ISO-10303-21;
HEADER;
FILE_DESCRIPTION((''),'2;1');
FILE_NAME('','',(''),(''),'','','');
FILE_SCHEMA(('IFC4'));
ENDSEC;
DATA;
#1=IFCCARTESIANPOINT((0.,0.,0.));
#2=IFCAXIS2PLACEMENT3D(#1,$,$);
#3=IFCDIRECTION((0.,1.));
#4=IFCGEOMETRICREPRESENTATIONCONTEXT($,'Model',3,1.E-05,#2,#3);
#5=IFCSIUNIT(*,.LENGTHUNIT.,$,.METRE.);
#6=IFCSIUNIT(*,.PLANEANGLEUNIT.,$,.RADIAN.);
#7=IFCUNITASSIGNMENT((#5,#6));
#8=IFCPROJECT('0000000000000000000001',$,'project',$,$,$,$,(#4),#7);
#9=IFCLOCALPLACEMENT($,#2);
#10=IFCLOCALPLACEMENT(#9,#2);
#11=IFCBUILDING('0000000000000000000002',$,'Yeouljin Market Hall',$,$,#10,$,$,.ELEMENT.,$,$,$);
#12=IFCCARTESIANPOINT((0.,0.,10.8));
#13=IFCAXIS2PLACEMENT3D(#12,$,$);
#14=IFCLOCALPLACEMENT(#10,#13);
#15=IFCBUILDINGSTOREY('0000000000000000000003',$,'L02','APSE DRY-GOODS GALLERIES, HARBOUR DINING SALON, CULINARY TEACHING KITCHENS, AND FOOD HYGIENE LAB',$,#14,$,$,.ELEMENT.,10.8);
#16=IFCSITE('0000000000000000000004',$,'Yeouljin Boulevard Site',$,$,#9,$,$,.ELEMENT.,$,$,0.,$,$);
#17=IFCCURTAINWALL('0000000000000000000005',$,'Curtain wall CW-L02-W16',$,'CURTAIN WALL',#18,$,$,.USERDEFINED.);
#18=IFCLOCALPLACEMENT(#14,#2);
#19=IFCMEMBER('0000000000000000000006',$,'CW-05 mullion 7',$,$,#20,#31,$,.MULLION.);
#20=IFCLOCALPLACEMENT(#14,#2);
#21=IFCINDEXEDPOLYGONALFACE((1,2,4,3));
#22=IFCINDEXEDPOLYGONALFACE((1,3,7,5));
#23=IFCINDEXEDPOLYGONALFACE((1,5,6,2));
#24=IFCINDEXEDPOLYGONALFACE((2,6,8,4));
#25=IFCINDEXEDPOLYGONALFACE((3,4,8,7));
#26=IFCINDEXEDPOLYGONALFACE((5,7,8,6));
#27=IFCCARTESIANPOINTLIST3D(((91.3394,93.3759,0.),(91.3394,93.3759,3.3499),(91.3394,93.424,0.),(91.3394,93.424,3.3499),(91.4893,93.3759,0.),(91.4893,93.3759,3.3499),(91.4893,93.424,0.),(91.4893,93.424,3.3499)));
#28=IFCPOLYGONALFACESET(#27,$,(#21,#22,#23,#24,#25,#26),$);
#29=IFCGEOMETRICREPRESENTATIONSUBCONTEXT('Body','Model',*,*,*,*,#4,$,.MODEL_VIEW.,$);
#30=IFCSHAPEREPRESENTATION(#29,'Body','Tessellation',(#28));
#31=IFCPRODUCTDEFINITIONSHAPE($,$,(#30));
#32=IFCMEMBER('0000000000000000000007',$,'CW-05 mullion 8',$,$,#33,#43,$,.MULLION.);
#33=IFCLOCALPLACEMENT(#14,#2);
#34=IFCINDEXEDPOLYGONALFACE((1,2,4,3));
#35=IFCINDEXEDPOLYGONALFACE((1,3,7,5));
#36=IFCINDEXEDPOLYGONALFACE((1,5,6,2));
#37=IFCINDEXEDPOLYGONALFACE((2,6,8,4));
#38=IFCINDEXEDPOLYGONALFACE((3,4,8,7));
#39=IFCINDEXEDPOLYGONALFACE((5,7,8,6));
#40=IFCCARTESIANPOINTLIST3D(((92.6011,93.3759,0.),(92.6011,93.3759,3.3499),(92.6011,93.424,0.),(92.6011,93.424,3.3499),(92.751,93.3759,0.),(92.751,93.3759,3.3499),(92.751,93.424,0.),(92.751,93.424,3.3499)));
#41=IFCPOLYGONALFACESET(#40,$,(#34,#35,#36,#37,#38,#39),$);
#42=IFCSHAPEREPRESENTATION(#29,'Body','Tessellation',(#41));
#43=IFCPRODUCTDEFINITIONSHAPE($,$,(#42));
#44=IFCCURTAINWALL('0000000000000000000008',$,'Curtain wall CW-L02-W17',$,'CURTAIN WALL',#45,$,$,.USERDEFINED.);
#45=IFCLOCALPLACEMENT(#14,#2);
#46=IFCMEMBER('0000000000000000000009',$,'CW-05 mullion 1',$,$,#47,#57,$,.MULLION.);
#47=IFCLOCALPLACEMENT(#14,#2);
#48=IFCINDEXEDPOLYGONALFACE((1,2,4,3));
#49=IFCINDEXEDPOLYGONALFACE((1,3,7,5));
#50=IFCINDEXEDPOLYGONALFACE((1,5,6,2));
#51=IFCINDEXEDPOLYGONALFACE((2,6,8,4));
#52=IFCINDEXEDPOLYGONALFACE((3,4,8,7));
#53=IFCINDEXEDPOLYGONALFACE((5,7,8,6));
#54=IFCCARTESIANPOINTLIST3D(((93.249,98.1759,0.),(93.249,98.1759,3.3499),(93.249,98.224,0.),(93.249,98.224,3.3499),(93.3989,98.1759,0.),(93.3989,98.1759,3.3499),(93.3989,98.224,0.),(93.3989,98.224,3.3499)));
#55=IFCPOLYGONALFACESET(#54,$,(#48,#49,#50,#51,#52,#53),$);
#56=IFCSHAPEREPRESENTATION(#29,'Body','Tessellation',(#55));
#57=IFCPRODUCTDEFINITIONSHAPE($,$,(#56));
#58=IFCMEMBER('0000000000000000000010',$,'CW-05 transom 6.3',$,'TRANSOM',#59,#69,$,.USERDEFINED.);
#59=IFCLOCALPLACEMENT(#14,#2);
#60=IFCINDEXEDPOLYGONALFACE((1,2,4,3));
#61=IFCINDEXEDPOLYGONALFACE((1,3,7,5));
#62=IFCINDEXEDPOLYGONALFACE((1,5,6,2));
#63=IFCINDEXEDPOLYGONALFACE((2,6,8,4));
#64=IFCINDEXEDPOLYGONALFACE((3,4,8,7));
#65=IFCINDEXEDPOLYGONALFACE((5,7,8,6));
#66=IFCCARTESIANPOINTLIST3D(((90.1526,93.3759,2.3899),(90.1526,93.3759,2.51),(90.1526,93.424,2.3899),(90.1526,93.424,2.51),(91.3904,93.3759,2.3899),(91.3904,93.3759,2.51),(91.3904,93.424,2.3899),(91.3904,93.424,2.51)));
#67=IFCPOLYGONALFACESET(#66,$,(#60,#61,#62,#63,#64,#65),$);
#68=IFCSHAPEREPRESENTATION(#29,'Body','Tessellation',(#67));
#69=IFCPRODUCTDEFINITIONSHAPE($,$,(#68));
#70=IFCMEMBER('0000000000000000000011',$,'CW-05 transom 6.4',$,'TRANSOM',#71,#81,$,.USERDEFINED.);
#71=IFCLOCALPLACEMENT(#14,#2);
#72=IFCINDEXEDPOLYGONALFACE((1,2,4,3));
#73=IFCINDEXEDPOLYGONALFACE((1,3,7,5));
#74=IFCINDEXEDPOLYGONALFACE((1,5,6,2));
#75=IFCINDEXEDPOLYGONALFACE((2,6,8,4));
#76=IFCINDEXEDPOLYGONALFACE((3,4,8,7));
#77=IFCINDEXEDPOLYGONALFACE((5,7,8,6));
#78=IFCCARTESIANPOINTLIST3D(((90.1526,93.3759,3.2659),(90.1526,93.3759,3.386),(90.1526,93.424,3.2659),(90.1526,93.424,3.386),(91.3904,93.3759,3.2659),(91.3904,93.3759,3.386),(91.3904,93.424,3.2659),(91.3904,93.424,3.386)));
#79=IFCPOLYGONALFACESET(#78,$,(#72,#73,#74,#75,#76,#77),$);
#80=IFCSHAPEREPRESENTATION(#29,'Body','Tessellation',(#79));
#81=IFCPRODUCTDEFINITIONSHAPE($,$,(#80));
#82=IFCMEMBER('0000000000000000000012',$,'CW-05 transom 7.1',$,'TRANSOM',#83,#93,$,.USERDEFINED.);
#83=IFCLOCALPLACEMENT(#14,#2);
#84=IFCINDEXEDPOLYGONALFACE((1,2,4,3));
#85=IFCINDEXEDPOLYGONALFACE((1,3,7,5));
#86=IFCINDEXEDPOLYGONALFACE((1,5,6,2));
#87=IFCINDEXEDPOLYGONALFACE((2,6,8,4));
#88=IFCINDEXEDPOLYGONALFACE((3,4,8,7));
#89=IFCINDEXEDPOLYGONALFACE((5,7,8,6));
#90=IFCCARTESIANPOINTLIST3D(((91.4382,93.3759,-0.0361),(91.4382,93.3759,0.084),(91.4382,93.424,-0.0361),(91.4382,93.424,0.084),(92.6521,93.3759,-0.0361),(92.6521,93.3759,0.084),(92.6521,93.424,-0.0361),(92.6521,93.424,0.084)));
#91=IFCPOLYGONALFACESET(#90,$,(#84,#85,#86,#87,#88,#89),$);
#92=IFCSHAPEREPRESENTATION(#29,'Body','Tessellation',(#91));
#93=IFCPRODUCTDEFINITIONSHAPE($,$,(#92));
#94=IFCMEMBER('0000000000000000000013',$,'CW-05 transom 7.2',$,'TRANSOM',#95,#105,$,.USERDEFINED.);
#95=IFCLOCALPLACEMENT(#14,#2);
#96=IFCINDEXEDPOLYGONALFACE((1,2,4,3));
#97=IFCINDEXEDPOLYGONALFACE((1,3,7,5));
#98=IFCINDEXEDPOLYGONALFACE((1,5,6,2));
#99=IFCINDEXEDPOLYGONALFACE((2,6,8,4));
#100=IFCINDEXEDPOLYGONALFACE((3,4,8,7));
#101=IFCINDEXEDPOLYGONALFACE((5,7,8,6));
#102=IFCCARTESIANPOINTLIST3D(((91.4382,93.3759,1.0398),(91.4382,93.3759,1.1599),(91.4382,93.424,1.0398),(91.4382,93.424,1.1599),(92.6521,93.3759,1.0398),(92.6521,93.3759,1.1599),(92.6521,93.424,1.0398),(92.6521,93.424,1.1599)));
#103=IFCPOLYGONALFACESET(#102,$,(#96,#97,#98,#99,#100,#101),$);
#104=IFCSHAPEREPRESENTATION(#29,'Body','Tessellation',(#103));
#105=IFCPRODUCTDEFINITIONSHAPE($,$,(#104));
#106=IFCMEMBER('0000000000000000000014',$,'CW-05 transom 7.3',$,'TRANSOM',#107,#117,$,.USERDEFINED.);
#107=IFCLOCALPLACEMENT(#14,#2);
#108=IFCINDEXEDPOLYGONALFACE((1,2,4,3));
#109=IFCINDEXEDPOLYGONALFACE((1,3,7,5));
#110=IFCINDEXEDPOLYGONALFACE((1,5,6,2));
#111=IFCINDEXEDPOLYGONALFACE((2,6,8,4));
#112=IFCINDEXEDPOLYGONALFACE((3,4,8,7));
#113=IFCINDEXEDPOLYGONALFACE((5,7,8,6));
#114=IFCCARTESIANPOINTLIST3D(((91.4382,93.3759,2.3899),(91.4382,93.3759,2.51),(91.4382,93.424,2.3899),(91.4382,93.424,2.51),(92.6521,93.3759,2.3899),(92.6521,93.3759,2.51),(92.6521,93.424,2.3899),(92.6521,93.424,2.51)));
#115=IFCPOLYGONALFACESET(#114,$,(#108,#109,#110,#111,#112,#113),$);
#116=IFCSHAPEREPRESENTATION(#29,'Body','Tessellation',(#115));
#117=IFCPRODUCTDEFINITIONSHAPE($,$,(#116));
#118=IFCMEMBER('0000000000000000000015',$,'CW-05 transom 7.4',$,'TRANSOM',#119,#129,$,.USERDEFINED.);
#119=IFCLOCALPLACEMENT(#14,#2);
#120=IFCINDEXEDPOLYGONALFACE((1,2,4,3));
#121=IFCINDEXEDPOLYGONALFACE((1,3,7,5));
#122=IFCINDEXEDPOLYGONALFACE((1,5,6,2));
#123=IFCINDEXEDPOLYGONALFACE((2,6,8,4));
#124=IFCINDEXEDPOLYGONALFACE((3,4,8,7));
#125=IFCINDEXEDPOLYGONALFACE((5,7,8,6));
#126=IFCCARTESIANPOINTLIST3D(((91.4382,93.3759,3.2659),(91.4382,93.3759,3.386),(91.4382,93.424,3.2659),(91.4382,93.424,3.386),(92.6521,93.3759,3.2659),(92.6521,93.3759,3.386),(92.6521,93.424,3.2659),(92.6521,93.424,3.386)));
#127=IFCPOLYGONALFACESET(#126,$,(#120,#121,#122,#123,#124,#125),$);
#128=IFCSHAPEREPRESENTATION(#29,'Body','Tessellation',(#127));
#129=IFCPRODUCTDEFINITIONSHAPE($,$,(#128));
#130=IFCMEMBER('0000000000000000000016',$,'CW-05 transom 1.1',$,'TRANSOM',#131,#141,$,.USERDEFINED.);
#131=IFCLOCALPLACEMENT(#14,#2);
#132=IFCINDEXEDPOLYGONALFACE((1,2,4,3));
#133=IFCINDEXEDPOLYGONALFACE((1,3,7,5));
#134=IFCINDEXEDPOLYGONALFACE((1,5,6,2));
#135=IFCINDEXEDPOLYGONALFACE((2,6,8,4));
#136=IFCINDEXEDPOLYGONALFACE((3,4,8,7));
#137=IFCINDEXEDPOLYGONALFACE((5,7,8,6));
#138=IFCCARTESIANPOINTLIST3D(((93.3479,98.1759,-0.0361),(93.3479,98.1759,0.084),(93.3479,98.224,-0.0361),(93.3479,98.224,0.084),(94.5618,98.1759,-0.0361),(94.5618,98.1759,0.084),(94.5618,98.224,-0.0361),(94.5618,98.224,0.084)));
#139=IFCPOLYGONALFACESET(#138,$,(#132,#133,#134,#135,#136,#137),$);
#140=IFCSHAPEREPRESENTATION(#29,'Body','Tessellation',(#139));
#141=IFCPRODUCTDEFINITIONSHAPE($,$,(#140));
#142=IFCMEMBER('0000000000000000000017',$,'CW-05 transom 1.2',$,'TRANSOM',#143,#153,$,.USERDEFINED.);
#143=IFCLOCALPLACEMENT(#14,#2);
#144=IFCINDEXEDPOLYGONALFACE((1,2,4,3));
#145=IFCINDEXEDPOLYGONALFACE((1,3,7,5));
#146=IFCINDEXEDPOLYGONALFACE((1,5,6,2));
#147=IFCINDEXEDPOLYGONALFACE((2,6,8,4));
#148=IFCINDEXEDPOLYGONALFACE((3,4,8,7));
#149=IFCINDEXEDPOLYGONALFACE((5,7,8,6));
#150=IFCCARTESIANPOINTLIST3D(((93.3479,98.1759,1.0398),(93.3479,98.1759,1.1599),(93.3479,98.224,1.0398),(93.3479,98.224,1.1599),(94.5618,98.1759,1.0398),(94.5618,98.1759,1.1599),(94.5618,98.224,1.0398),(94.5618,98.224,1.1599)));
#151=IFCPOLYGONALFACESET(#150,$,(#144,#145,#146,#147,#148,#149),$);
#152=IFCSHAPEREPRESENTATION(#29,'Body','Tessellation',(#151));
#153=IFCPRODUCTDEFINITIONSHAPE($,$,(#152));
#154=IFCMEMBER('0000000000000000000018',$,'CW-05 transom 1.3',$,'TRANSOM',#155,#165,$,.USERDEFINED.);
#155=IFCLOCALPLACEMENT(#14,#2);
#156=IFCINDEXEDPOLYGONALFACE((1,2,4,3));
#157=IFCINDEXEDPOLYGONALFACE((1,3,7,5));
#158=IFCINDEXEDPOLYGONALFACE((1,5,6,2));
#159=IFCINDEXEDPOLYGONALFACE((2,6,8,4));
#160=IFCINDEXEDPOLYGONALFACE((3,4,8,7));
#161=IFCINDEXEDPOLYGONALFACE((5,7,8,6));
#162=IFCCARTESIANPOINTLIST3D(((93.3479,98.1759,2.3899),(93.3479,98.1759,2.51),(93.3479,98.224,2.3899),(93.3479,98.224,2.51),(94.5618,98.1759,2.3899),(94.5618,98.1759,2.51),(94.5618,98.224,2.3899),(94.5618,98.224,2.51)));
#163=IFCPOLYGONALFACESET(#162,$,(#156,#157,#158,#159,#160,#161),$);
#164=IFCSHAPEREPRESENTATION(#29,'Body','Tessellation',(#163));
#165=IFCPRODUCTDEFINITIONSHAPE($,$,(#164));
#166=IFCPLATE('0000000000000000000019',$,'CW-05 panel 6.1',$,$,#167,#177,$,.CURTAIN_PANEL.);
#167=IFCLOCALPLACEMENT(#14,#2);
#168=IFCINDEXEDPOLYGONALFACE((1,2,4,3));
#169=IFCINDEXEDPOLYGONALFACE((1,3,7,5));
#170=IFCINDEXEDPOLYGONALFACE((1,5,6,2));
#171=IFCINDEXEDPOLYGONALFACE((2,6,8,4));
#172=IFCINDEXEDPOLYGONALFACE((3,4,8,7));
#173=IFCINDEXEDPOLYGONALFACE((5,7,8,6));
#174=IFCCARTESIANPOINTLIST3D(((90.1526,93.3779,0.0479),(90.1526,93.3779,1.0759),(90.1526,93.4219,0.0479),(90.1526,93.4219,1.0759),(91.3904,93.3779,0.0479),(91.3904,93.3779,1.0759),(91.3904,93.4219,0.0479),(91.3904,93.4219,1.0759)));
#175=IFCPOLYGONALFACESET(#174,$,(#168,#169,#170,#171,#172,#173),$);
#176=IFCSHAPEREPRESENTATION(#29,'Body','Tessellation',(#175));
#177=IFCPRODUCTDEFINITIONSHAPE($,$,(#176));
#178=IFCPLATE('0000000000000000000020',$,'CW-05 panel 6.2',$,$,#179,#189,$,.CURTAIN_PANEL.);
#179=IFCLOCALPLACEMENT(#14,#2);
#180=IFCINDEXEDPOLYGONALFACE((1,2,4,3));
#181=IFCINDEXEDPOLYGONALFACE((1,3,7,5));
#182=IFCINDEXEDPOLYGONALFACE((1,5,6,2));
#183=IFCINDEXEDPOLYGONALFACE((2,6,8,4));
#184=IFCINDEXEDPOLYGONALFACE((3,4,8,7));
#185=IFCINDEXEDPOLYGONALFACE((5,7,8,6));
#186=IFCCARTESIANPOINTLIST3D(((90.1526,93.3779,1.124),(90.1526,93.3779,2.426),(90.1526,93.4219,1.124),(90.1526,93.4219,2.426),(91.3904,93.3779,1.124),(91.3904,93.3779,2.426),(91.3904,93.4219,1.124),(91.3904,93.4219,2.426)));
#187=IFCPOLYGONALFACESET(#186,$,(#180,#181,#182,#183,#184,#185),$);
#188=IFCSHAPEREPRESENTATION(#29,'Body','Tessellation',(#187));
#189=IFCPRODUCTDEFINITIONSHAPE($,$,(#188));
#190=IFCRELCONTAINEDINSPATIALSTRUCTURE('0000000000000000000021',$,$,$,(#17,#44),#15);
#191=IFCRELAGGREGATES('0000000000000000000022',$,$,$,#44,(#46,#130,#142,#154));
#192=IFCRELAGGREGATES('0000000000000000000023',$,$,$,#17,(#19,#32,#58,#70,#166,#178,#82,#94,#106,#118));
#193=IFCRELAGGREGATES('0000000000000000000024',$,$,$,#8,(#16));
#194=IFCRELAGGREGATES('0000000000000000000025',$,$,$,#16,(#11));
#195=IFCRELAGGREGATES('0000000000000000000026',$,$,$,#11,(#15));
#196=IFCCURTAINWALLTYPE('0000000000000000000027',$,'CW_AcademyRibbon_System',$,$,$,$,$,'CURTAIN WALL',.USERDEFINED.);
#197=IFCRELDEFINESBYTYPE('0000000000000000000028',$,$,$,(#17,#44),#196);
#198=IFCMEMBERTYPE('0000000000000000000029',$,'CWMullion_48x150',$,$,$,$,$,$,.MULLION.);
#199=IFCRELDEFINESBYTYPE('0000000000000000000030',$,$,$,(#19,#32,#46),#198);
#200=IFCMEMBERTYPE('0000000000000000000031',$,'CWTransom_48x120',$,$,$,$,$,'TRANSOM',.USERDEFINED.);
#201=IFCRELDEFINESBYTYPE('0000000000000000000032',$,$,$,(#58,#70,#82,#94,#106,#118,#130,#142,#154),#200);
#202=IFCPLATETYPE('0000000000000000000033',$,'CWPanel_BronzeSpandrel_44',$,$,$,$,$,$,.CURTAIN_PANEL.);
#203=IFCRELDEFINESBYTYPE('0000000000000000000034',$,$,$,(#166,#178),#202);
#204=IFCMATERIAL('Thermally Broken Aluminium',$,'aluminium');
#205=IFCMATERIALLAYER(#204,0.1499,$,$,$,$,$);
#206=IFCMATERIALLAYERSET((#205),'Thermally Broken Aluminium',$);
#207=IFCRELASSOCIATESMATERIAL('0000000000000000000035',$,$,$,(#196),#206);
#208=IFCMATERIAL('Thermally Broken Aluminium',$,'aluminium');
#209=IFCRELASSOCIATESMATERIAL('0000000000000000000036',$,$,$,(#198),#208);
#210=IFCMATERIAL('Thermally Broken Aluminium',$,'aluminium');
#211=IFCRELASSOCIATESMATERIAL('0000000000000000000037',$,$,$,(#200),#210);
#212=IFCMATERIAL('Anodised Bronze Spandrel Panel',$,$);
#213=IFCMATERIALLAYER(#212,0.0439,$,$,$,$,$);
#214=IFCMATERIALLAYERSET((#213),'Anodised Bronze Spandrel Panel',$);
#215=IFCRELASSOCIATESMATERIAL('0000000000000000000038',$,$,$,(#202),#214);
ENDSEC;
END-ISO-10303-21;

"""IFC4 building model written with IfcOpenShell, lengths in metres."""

from ifc_helpers import new_model, si_unit, direction, frame, origin, origin_2d, place, context, subcontext, project, spatial, rectangle, extrude, material, layer, layer_set, material_profile, profile_set, type_object, element, aggregate, save


model = new_model("IFC4")

# Units and contexts
model_context = context("Model", 3, precision=1e-05, world=origin(), true_north=direction((0.0, 1.0)))
body_context = subcontext(model_context, "Body", "Model", "MODEL_VIEW")
ifc_project = project(units=[si_unit("LENGTHUNIT", "METRE"), si_unit("PLANEANGLEUNIT", "RADIAN")], contexts=[model_context])

# Site, building, storey
site_placement = place(None, origin())
site = spatial("IfcSite", under=ifc_project, at=site_placement, Name="Yeouljin Boulevard Site", CompositionType="ELEMENT", RefElevation=0.0)
building_placement = place(site_placement, origin())
building = spatial("IfcBuilding", under=site, at=building_placement, Name="Yeouljin Market Hall", CompositionType="ELEMENT")
storey_placement = place(building_placement, frame((0.0, 0.0, 10.8)))
storey = spatial("IfcBuildingStorey", under=building, at=storey_placement, Name="L02", Description="APSE DRY-GOODS GALLERIES, HARBOUR DINING SALON, CULINARY TEACHING KITCHENS, AND FOOD HYGIENE LAB", CompositionType="ELEMENT", Elevation=10.8)

# Curtain wall, members
ifc_material_1 = material(Name="Thermally Broken Aluminium", Category="aluminium")
ifc_layer_1 = layer(ifc_material_1, 0.1499)
ifc_layer_set_1 = layer_set([ifc_layer_1], Name="Thermally Broken Aluminium")
curtain_wall_type = type_object("IfcCurtainWallType", Name="CW_AcademyRibbon_System", ElementType="CURTAIN WALL", PredefinedType="USERDEFINED", material=ifc_layer_set_1)
curtain_wall_1_placement = place(storey_placement, origin())
curtain_wall_1 = element("IfcCurtainWall", 1, at=curtain_wall_1_placement, inside=storey, type_object=curtain_wall_type, Name="Curtain wall CW-L02-W16", ObjectType="CURTAIN WALL", PredefinedType="USERDEFINED")
ifc_material_2 = material(Name="Thermally Broken Aluminium", Category="aluminium")
ifc_material_profile_1 = material_profile(ifc_material_2, rectangle(XDim=0.0481, YDim=0.1499, at=origin_2d()), Name="CW-MULL-48x150")
ifc_profile_set_1 = profile_set([ifc_material_profile_1], Name="Thermally Broken Aluminium")
member_type_1 = type_object("IfcMemberType", Name="CWMullion_48x150", PredefinedType="MULLION", material=ifc_profile_set_1)
member_1_placement = place(storey_placement, frame((91.4143, 93.3999, 0.0), z_axis=(0.0, 0.0, 1.0), x_axis=(0.0, 1.0, 0.0)))
member_1 = element("IfcMember", 2, at=member_1_placement, type_object=member_type_1, Name="CW-05 mullion 7", PredefinedType="MULLION", context=body_context, shape_type="SweptSolid", body=[
    extrude(rectangle(XDim=0.0481, YDim=0.1499, at=origin_2d()), origin(), (0.0, 0.0, 1.0), 3.3499),
])
member_2_placement = place(storey_placement, frame((92.676, 93.3999, 0.0), z_axis=(0.0, 0.0, 1.0), x_axis=(0.0, 1.0, 0.0)))
member_2 = element("IfcMember", 3, at=member_2_placement, type_object=member_type_1, Name="CW-05 mullion 8", PredefinedType="MULLION", context=body_context, shape_type="SweptSolid", body=[
    extrude(rectangle(XDim=0.0481, YDim=0.1499, at=origin_2d()), origin(), (0.0, 0.0, 1.0), 3.3499),
])

# Curtain wall, member
curtain_wall_2_placement = place(storey_placement, origin())
curtain_wall_2 = element("IfcCurtainWall", 4, at=curtain_wall_2_placement, inside=storey, type_object=curtain_wall_type, Name="Curtain wall CW-L02-W17", ObjectType="CURTAIN WALL", PredefinedType="USERDEFINED")
member_3_placement = place(storey_placement, frame((93.324, 98.2, 0.0), z_axis=(0.0, 0.0, 1.0), x_axis=(0.0, 1.0, 0.0)))
member_3 = element("IfcMember", 5, at=member_3_placement, type_object=member_type_1, Name="CW-05 mullion 1", PredefinedType="MULLION", context=body_context, shape_type="SweptSolid", body=[
    extrude(rectangle(XDim=0.0481, YDim=0.1499, at=origin_2d()), origin(), (0.0, 0.0, 1.0), 3.3499),
])

# Members
ifc_material_3 = material(Name="Thermally Broken Aluminium", Category="aluminium")
ifc_material_profile_2 = material_profile(ifc_material_3, rectangle(XDim=0.0481, YDim=0.1201, at=origin_2d()), Name="CW-TRAN-48x120")
ifc_profile_set_2 = profile_set([ifc_material_profile_2], Name="Thermally Broken Aluminium")
member_type_2 = type_object("IfcMemberType", Name="CWTransom_48x120", ElementType="TRANSOM", PredefinedType="USERDEFINED", material=ifc_profile_set_2)
member_4_placement = place(storey_placement, frame((90.1526, 93.3999, 2.45), z_axis=(1.0, 0.0, 0.0), x_axis=(0.0, 1.0, 0.0)))
member_4 = element("IfcMember", 6, at=member_4_placement, type_object=member_type_2, Name="CW-05 transom 6.3", ObjectType="TRANSOM", PredefinedType="USERDEFINED", context=body_context, shape_type="SweptSolid", body=[
    extrude(rectangle(XDim=0.0481, YDim=0.1201, at=origin_2d()), origin(), (0.0, 0.0, 1.0), 1.2378),
])
member_5_placement = place(storey_placement, frame((90.1526, 93.3999, 3.3259), z_axis=(1.0, 0.0, 0.0), x_axis=(0.0, 1.0, 0.0)))
member_5 = element("IfcMember", 7, at=member_5_placement, type_object=member_type_2, Name="CW-05 transom 6.4", ObjectType="TRANSOM", PredefinedType="USERDEFINED", context=body_context, shape_type="SweptSolid", body=[
    extrude(rectangle(XDim=0.0481, YDim=0.1201, at=origin_2d()), origin(), (0.0, 0.0, 1.0), 1.2378),
])
member_6_placement = place(storey_placement, frame((91.4382, 93.3999, 0.0239), z_axis=(1.0, 0.0, 0.0), x_axis=(0.0, 1.0, 0.0)))
member_6 = element("IfcMember", 8, at=member_6_placement, type_object=member_type_2, Name="CW-05 transom 7.1", ObjectType="TRANSOM", PredefinedType="USERDEFINED", context=body_context, shape_type="SweptSolid", body=[
    extrude(rectangle(XDim=0.0481, YDim=0.1201, at=origin_2d()), origin(), (0.0, 0.0, 1.0), 1.2139),
])
member_7_placement = place(storey_placement, frame((91.4382, 93.3999, 1.0999), z_axis=(1.0, 0.0, 0.0), x_axis=(0.0, 1.0, 0.0)))
member_7 = element("IfcMember", 9, at=member_7_placement, type_object=member_type_2, Name="CW-05 transom 7.2", ObjectType="TRANSOM", PredefinedType="USERDEFINED", context=body_context, shape_type="SweptSolid", body=[
    extrude(rectangle(XDim=0.0481, YDim=0.1201, at=origin_2d()), origin(), (0.0, 0.0, 1.0), 1.2139),
])
member_8_placement = place(storey_placement, frame((91.4382, 93.3999, 2.45), z_axis=(1.0, 0.0, 0.0), x_axis=(0.0, 1.0, 0.0)))
member_8 = element("IfcMember", 10, at=member_8_placement, type_object=member_type_2, Name="CW-05 transom 7.3", ObjectType="TRANSOM", PredefinedType="USERDEFINED", context=body_context, shape_type="SweptSolid", body=[
    extrude(rectangle(XDim=0.0481, YDim=0.1201, at=origin_2d()), origin(), (0.0, 0.0, 1.0), 1.2139),
])
member_9_placement = place(storey_placement, frame((91.4382, 93.3999, 3.3259), z_axis=(1.0, 0.0, 0.0), x_axis=(0.0, 1.0, 0.0)))
member_9 = element("IfcMember", 11, at=member_9_placement, type_object=member_type_2, Name="CW-05 transom 7.4", ObjectType="TRANSOM", PredefinedType="USERDEFINED", context=body_context, shape_type="SweptSolid", body=[
    extrude(rectangle(XDim=0.0481, YDim=0.1201, at=origin_2d()), origin(), (0.0, 0.0, 1.0), 1.2139),
])
member_10_placement = place(storey_placement, frame((93.3479, 98.2, 0.0239), z_axis=(1.0, 0.0, 0.0), x_axis=(0.0, 1.0, 0.0)))
member_10 = element("IfcMember", 12, at=member_10_placement, type_object=member_type_2, Name="CW-05 transom 1.1", ObjectType="TRANSOM", PredefinedType="USERDEFINED", context=body_context, shape_type="SweptSolid", body=[
    extrude(rectangle(XDim=0.0481, YDim=0.1201, at=origin_2d()), origin(), (0.0, 0.0, 1.0), 1.2139),
])
member_11_placement = place(storey_placement, frame((93.3479, 98.2, 1.0999), z_axis=(1.0, 0.0, 0.0), x_axis=(0.0, 1.0, 0.0)))
member_11 = element("IfcMember", 13, at=member_11_placement, type_object=member_type_2, Name="CW-05 transom 1.2", ObjectType="TRANSOM", PredefinedType="USERDEFINED", context=body_context, shape_type="SweptSolid", body=[
    extrude(rectangle(XDim=0.0481, YDim=0.1201, at=origin_2d()), origin(), (0.0, 0.0, 1.0), 1.2139),
])
member_12_placement = place(storey_placement, frame((93.3479, 98.2, 2.45), z_axis=(1.0, 0.0, 0.0), x_axis=(0.0, 1.0, 0.0)))
member_12 = element("IfcMember", 14, at=member_12_placement, type_object=member_type_2, Name="CW-05 transom 1.3", ObjectType="TRANSOM", PredefinedType="USERDEFINED", context=body_context, shape_type="SweptSolid", body=[
    extrude(rectangle(XDim=0.0481, YDim=0.1201, at=origin_2d()), origin(), (0.0, 0.0, 1.0), 1.2139),
])
aggregate(curtain_wall_2, [member_3, member_10, member_11, member_12])

# Plates
ifc_material_4 = material(Name="Anodised Bronze Spandrel Panel")
ifc_layer_2 = layer(ifc_material_4, 0.0439)
ifc_layer_set_2 = layer_set([ifc_layer_2], Name="Anodised Bronze Spandrel Panel")
plate_type = type_object("IfcPlateType", Name="CWPanel_BronzeSpandrel_44", PredefinedType="CURTAIN_PANEL", material=ifc_layer_set_2)
plate_1_placement = place(storey_placement, frame((90.7715, 93.3999, 0.0479), z_axis=(0.0, 0.0, 1.0), x_axis=(1.0, 0.0, 0.0)))
plate_1 = element("IfcPlate", 15, at=plate_1_placement, type_object=plate_type, Name="CW-05 panel 6.1", PredefinedType="CURTAIN_PANEL", context=body_context, shape_type="SweptSolid", body=[
    extrude(rectangle(XDim=1.2378, YDim=0.0439, at=origin_2d()), origin(), (0.0, 0.0, 1.0), 1.0281),
])
plate_2_placement = place(storey_placement, frame((90.7715, 93.3999, 1.124), z_axis=(0.0, 0.0, 1.0), x_axis=(1.0, 0.0, 0.0)))
plate_2 = element("IfcPlate", 16, at=plate_2_placement, type_object=plate_type, Name="CW-05 panel 6.2", PredefinedType="CURTAIN_PANEL", context=body_context, shape_type="SweptSolid", body=[
    extrude(rectangle(XDim=1.2378, YDim=0.0439, at=origin_2d()), origin(), (0.0, 0.0, 1.0), 1.302),
])
aggregate(curtain_wall_1, [member_1, member_2, member_4, member_5, plate_1, plate_2, member_6, member_7, member_8, member_9])

save(model, "model.ifc")
